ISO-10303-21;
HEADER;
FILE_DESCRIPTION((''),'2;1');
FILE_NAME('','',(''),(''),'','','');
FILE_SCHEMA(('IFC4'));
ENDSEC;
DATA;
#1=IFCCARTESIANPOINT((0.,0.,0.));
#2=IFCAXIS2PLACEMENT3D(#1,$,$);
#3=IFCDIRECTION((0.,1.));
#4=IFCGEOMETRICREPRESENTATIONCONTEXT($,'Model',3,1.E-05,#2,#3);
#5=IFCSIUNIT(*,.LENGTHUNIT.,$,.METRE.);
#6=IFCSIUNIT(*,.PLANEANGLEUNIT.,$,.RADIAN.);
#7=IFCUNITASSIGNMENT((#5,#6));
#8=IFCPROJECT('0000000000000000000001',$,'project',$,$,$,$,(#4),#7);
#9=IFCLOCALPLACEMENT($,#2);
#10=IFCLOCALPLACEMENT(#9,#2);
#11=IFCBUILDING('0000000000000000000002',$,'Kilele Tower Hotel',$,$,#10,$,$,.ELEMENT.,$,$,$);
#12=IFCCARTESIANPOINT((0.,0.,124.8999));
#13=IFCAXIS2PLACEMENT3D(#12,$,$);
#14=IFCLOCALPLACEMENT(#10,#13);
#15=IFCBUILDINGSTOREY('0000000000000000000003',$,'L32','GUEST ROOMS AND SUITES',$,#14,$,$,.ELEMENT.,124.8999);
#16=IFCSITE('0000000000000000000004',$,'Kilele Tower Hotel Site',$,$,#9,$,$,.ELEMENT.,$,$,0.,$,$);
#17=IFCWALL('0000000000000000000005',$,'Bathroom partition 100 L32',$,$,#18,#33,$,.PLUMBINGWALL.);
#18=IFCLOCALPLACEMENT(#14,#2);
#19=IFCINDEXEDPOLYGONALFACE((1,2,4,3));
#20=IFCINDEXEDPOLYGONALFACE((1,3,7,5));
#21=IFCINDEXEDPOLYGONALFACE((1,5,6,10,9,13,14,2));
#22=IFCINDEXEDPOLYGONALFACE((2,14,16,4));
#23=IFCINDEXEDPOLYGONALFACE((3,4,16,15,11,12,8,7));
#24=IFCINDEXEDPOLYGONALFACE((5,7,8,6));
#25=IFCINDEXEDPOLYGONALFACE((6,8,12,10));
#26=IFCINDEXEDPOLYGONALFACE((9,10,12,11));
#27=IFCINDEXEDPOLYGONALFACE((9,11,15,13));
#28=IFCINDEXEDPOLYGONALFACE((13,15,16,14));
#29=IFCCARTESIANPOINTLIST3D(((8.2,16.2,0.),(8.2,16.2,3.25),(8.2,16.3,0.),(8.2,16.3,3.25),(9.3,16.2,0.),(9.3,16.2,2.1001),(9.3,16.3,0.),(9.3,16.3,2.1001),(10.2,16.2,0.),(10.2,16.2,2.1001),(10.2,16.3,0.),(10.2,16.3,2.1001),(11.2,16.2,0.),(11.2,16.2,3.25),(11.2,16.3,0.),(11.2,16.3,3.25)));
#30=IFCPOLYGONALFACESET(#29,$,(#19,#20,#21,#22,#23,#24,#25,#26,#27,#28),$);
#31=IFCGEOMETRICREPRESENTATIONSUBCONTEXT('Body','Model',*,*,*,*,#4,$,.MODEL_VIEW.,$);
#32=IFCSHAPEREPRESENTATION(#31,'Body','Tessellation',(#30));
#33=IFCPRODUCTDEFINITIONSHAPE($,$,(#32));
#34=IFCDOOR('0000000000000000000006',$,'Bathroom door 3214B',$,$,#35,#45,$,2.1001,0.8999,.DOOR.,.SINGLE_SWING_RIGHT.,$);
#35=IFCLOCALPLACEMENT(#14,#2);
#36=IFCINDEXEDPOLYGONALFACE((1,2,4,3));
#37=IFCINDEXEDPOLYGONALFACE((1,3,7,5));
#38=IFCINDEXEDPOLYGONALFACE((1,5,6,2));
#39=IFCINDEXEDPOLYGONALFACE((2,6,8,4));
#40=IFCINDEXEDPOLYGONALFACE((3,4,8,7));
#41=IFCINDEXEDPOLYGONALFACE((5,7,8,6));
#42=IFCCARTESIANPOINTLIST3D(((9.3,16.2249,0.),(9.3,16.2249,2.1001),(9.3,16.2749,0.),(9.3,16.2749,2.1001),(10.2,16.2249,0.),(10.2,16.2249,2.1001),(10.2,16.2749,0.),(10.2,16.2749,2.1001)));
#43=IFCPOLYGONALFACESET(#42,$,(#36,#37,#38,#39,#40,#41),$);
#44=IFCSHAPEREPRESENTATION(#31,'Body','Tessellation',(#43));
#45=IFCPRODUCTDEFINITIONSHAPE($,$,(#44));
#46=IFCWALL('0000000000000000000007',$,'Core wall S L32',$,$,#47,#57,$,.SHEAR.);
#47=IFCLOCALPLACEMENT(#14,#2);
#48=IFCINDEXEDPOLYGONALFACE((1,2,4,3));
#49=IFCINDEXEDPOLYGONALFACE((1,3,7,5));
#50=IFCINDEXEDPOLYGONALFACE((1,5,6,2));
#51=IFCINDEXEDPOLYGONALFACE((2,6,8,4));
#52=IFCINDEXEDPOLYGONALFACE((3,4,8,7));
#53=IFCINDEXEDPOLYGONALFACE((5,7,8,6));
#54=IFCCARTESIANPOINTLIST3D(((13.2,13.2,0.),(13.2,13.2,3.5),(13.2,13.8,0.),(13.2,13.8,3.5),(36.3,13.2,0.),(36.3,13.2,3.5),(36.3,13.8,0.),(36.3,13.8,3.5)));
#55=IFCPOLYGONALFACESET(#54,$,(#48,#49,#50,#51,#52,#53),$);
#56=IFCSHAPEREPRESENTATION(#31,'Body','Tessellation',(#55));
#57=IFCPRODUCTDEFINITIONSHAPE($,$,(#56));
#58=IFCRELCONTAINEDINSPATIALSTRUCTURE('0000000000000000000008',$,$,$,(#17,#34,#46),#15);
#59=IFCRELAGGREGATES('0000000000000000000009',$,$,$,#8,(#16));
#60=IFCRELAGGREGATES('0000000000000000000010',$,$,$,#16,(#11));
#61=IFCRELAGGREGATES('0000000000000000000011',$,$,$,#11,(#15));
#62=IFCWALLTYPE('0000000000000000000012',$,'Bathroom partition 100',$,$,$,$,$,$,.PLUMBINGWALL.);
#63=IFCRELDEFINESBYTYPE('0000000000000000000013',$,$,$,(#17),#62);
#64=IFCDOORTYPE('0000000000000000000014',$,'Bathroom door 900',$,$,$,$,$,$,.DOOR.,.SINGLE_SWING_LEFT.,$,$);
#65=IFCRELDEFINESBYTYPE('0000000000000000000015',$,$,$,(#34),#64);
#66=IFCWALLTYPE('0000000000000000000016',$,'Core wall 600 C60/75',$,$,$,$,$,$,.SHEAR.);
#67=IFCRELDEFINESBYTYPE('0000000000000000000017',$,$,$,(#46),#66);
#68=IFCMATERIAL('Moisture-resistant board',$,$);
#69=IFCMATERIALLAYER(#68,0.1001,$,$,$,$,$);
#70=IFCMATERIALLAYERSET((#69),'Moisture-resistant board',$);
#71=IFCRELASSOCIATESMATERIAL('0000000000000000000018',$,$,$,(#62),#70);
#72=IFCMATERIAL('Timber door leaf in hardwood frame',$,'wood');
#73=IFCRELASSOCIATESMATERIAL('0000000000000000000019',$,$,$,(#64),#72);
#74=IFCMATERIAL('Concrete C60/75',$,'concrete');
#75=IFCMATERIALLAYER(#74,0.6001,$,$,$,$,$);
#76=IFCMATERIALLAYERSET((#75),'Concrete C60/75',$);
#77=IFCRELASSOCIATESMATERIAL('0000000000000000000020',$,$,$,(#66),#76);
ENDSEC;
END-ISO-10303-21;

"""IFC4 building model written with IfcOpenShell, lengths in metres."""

from ifc_helpers import new_model, si_unit, direction, frame, frame_2d, origin, place, context, subcontext, project, spatial, rectangle, extrude, material, layer, layer_set, type_object, element, fill, save


model = new_model("IFC4")

# Units and contexts
model_context = context("Model", 3, precision=1e-05, world=origin(), true_north=direction((0.0, 1.0)))
body_context = subcontext(model_context, "Body", "Model", "MODEL_VIEW")
ifc_project = project(units=[si_unit("LENGTHUNIT", "METRE"), si_unit("PLANEANGLEUNIT", "RADIAN")], contexts=[model_context])

# Site, building, storey
site_placement = place(None, origin())
site = spatial("IfcSite", under=ifc_project, at=site_placement, Name="Kilele Tower Hotel Site", CompositionType="ELEMENT", RefElevation=0.0)
building_placement = place(site_placement, origin())
building = spatial("IfcBuilding", under=site, at=building_placement, Name="Kilele Tower Hotel", CompositionType="ELEMENT")
storey_placement = place(building_placement, frame((0.0, 0.0, 124.8999)))
storey = spatial("IfcBuildingStorey", under=building, at=storey_placement, Name="L32", Description="GUEST ROOMS AND SUITES", CompositionType="ELEMENT", Elevation=124.8999)

# Wall, opening, door
ifc_material_1 = material(Name="Moisture-resistant board")
ifc_layer_1 = layer(ifc_material_1, 0.1001)
ifc_layer_set_1 = layer_set([ifc_layer_1], Name="Moisture-resistant board")
wall_type_1 = type_object("IfcWallType", Name="Bathroom partition 100", PredefinedType="PLUMBINGWALL", material=ifc_layer_set_1)
wall_1_placement = place(storey_placement, frame((11.2, 16.25, 0.0), z_axis=(0.0, 0.0, 1.0), x_axis=(-1.0, 0.0, 0.0)))
wall_1 = element("IfcWall", 1, at=wall_1_placement, inside=storey, type_object=wall_type_1, Name="Bathroom partition 100 L32", PredefinedType="PLUMBINGWALL", context=body_context, shape_type="SweptSolid", body=[
    extrude(rectangle(XDim=3.0, YDim=0.1001, at=frame_2d((1.5, 0.0))), origin(), (0.0, 0.0, 1.0), 3.25),
])
opening_1_placement = place(wall_1_placement, frame((1.8999, 0.0, 0.0), z_axis=(0.0, 0.0, 1.0), x_axis=(-1.0, 0.0, 0.0)))
opening_1 = element("IfcOpeningElement", 2, at=opening_1_placement, cuts=wall_1, PredefinedType="OPENING", context=body_context, shape_type="SweptSolid", body=[
    extrude(rectangle(XDim=0.8999, YDim=2.1001, at=frame_2d((0.45, 1.05))), frame((0.0, 0.0601, 0.0), z_axis=(0.0, -1.0, 0.0), x_axis=(1.0, 0.0, 0.0)), (0.0, 0.0, 1.0), 0.1201),
])
ifc_material_2 = material(Name="Timber door leaf in hardwood frame", Category="wood")
door_type_1 = type_object("IfcDoorType", Name="Bathroom door 900", OperationType="SINGLE_SWING_LEFT", PredefinedType="DOOR", material=ifc_material_2)
door_1_placement = place(opening_1_placement, origin())
door_1 = element("IfcDoor", 3, at=door_1_placement, inside=storey, type_object=door_type_1, Name="Bathroom door 3214B", OperationType="SINGLE_SWING_RIGHT", OverallHeight=2.1001, OverallWidth=0.8999, PredefinedType="DOOR", context=body_context, shape_type="SweptSolid", body=[
    extrude(rectangle(XDim=0.8999, YDim=2.1001, at=frame_2d((0.45, 1.05))), frame((0.0, 0.0249, 0.0), z_axis=(0.0, -1.0, 0.0), x_axis=(1.0, 0.0, 0.0)), (0.0, 0.0, 1.0), 0.05),
])
fill(opening_1, door_1)

# Wall
ifc_material_3 = material(Name="Concrete C60/75", Category="concrete")
ifc_layer_2 = layer(ifc_material_3, 0.6001)
ifc_layer_set_2 = layer_set([ifc_layer_2], Name="Concrete C60/75")
wall_type_2 = type_object("IfcWallType", Name="Core wall 600 C60/75", PredefinedType="SHEAR", material=ifc_layer_set_2)
wall_2_placement = place(storey_placement, frame((13.2, 13.5, 0.0), z_axis=(0.0, 0.0, 1.0), x_axis=(1.0, 0.0, 0.0)))
element("IfcWall", 4, at=wall_2_placement, inside=storey, type_object=wall_type_2, Name="Core wall S L32", PredefinedType="SHEAR", context=body_context, shape_type="SweptSolid", body=[
    extrude(rectangle(XDim=23.1001, YDim=0.6001, at=frame_2d((11.55, 0.0))), origin(), (0.0, 0.0, 1.0), 3.5),
])

save(model, "model.ifc")
